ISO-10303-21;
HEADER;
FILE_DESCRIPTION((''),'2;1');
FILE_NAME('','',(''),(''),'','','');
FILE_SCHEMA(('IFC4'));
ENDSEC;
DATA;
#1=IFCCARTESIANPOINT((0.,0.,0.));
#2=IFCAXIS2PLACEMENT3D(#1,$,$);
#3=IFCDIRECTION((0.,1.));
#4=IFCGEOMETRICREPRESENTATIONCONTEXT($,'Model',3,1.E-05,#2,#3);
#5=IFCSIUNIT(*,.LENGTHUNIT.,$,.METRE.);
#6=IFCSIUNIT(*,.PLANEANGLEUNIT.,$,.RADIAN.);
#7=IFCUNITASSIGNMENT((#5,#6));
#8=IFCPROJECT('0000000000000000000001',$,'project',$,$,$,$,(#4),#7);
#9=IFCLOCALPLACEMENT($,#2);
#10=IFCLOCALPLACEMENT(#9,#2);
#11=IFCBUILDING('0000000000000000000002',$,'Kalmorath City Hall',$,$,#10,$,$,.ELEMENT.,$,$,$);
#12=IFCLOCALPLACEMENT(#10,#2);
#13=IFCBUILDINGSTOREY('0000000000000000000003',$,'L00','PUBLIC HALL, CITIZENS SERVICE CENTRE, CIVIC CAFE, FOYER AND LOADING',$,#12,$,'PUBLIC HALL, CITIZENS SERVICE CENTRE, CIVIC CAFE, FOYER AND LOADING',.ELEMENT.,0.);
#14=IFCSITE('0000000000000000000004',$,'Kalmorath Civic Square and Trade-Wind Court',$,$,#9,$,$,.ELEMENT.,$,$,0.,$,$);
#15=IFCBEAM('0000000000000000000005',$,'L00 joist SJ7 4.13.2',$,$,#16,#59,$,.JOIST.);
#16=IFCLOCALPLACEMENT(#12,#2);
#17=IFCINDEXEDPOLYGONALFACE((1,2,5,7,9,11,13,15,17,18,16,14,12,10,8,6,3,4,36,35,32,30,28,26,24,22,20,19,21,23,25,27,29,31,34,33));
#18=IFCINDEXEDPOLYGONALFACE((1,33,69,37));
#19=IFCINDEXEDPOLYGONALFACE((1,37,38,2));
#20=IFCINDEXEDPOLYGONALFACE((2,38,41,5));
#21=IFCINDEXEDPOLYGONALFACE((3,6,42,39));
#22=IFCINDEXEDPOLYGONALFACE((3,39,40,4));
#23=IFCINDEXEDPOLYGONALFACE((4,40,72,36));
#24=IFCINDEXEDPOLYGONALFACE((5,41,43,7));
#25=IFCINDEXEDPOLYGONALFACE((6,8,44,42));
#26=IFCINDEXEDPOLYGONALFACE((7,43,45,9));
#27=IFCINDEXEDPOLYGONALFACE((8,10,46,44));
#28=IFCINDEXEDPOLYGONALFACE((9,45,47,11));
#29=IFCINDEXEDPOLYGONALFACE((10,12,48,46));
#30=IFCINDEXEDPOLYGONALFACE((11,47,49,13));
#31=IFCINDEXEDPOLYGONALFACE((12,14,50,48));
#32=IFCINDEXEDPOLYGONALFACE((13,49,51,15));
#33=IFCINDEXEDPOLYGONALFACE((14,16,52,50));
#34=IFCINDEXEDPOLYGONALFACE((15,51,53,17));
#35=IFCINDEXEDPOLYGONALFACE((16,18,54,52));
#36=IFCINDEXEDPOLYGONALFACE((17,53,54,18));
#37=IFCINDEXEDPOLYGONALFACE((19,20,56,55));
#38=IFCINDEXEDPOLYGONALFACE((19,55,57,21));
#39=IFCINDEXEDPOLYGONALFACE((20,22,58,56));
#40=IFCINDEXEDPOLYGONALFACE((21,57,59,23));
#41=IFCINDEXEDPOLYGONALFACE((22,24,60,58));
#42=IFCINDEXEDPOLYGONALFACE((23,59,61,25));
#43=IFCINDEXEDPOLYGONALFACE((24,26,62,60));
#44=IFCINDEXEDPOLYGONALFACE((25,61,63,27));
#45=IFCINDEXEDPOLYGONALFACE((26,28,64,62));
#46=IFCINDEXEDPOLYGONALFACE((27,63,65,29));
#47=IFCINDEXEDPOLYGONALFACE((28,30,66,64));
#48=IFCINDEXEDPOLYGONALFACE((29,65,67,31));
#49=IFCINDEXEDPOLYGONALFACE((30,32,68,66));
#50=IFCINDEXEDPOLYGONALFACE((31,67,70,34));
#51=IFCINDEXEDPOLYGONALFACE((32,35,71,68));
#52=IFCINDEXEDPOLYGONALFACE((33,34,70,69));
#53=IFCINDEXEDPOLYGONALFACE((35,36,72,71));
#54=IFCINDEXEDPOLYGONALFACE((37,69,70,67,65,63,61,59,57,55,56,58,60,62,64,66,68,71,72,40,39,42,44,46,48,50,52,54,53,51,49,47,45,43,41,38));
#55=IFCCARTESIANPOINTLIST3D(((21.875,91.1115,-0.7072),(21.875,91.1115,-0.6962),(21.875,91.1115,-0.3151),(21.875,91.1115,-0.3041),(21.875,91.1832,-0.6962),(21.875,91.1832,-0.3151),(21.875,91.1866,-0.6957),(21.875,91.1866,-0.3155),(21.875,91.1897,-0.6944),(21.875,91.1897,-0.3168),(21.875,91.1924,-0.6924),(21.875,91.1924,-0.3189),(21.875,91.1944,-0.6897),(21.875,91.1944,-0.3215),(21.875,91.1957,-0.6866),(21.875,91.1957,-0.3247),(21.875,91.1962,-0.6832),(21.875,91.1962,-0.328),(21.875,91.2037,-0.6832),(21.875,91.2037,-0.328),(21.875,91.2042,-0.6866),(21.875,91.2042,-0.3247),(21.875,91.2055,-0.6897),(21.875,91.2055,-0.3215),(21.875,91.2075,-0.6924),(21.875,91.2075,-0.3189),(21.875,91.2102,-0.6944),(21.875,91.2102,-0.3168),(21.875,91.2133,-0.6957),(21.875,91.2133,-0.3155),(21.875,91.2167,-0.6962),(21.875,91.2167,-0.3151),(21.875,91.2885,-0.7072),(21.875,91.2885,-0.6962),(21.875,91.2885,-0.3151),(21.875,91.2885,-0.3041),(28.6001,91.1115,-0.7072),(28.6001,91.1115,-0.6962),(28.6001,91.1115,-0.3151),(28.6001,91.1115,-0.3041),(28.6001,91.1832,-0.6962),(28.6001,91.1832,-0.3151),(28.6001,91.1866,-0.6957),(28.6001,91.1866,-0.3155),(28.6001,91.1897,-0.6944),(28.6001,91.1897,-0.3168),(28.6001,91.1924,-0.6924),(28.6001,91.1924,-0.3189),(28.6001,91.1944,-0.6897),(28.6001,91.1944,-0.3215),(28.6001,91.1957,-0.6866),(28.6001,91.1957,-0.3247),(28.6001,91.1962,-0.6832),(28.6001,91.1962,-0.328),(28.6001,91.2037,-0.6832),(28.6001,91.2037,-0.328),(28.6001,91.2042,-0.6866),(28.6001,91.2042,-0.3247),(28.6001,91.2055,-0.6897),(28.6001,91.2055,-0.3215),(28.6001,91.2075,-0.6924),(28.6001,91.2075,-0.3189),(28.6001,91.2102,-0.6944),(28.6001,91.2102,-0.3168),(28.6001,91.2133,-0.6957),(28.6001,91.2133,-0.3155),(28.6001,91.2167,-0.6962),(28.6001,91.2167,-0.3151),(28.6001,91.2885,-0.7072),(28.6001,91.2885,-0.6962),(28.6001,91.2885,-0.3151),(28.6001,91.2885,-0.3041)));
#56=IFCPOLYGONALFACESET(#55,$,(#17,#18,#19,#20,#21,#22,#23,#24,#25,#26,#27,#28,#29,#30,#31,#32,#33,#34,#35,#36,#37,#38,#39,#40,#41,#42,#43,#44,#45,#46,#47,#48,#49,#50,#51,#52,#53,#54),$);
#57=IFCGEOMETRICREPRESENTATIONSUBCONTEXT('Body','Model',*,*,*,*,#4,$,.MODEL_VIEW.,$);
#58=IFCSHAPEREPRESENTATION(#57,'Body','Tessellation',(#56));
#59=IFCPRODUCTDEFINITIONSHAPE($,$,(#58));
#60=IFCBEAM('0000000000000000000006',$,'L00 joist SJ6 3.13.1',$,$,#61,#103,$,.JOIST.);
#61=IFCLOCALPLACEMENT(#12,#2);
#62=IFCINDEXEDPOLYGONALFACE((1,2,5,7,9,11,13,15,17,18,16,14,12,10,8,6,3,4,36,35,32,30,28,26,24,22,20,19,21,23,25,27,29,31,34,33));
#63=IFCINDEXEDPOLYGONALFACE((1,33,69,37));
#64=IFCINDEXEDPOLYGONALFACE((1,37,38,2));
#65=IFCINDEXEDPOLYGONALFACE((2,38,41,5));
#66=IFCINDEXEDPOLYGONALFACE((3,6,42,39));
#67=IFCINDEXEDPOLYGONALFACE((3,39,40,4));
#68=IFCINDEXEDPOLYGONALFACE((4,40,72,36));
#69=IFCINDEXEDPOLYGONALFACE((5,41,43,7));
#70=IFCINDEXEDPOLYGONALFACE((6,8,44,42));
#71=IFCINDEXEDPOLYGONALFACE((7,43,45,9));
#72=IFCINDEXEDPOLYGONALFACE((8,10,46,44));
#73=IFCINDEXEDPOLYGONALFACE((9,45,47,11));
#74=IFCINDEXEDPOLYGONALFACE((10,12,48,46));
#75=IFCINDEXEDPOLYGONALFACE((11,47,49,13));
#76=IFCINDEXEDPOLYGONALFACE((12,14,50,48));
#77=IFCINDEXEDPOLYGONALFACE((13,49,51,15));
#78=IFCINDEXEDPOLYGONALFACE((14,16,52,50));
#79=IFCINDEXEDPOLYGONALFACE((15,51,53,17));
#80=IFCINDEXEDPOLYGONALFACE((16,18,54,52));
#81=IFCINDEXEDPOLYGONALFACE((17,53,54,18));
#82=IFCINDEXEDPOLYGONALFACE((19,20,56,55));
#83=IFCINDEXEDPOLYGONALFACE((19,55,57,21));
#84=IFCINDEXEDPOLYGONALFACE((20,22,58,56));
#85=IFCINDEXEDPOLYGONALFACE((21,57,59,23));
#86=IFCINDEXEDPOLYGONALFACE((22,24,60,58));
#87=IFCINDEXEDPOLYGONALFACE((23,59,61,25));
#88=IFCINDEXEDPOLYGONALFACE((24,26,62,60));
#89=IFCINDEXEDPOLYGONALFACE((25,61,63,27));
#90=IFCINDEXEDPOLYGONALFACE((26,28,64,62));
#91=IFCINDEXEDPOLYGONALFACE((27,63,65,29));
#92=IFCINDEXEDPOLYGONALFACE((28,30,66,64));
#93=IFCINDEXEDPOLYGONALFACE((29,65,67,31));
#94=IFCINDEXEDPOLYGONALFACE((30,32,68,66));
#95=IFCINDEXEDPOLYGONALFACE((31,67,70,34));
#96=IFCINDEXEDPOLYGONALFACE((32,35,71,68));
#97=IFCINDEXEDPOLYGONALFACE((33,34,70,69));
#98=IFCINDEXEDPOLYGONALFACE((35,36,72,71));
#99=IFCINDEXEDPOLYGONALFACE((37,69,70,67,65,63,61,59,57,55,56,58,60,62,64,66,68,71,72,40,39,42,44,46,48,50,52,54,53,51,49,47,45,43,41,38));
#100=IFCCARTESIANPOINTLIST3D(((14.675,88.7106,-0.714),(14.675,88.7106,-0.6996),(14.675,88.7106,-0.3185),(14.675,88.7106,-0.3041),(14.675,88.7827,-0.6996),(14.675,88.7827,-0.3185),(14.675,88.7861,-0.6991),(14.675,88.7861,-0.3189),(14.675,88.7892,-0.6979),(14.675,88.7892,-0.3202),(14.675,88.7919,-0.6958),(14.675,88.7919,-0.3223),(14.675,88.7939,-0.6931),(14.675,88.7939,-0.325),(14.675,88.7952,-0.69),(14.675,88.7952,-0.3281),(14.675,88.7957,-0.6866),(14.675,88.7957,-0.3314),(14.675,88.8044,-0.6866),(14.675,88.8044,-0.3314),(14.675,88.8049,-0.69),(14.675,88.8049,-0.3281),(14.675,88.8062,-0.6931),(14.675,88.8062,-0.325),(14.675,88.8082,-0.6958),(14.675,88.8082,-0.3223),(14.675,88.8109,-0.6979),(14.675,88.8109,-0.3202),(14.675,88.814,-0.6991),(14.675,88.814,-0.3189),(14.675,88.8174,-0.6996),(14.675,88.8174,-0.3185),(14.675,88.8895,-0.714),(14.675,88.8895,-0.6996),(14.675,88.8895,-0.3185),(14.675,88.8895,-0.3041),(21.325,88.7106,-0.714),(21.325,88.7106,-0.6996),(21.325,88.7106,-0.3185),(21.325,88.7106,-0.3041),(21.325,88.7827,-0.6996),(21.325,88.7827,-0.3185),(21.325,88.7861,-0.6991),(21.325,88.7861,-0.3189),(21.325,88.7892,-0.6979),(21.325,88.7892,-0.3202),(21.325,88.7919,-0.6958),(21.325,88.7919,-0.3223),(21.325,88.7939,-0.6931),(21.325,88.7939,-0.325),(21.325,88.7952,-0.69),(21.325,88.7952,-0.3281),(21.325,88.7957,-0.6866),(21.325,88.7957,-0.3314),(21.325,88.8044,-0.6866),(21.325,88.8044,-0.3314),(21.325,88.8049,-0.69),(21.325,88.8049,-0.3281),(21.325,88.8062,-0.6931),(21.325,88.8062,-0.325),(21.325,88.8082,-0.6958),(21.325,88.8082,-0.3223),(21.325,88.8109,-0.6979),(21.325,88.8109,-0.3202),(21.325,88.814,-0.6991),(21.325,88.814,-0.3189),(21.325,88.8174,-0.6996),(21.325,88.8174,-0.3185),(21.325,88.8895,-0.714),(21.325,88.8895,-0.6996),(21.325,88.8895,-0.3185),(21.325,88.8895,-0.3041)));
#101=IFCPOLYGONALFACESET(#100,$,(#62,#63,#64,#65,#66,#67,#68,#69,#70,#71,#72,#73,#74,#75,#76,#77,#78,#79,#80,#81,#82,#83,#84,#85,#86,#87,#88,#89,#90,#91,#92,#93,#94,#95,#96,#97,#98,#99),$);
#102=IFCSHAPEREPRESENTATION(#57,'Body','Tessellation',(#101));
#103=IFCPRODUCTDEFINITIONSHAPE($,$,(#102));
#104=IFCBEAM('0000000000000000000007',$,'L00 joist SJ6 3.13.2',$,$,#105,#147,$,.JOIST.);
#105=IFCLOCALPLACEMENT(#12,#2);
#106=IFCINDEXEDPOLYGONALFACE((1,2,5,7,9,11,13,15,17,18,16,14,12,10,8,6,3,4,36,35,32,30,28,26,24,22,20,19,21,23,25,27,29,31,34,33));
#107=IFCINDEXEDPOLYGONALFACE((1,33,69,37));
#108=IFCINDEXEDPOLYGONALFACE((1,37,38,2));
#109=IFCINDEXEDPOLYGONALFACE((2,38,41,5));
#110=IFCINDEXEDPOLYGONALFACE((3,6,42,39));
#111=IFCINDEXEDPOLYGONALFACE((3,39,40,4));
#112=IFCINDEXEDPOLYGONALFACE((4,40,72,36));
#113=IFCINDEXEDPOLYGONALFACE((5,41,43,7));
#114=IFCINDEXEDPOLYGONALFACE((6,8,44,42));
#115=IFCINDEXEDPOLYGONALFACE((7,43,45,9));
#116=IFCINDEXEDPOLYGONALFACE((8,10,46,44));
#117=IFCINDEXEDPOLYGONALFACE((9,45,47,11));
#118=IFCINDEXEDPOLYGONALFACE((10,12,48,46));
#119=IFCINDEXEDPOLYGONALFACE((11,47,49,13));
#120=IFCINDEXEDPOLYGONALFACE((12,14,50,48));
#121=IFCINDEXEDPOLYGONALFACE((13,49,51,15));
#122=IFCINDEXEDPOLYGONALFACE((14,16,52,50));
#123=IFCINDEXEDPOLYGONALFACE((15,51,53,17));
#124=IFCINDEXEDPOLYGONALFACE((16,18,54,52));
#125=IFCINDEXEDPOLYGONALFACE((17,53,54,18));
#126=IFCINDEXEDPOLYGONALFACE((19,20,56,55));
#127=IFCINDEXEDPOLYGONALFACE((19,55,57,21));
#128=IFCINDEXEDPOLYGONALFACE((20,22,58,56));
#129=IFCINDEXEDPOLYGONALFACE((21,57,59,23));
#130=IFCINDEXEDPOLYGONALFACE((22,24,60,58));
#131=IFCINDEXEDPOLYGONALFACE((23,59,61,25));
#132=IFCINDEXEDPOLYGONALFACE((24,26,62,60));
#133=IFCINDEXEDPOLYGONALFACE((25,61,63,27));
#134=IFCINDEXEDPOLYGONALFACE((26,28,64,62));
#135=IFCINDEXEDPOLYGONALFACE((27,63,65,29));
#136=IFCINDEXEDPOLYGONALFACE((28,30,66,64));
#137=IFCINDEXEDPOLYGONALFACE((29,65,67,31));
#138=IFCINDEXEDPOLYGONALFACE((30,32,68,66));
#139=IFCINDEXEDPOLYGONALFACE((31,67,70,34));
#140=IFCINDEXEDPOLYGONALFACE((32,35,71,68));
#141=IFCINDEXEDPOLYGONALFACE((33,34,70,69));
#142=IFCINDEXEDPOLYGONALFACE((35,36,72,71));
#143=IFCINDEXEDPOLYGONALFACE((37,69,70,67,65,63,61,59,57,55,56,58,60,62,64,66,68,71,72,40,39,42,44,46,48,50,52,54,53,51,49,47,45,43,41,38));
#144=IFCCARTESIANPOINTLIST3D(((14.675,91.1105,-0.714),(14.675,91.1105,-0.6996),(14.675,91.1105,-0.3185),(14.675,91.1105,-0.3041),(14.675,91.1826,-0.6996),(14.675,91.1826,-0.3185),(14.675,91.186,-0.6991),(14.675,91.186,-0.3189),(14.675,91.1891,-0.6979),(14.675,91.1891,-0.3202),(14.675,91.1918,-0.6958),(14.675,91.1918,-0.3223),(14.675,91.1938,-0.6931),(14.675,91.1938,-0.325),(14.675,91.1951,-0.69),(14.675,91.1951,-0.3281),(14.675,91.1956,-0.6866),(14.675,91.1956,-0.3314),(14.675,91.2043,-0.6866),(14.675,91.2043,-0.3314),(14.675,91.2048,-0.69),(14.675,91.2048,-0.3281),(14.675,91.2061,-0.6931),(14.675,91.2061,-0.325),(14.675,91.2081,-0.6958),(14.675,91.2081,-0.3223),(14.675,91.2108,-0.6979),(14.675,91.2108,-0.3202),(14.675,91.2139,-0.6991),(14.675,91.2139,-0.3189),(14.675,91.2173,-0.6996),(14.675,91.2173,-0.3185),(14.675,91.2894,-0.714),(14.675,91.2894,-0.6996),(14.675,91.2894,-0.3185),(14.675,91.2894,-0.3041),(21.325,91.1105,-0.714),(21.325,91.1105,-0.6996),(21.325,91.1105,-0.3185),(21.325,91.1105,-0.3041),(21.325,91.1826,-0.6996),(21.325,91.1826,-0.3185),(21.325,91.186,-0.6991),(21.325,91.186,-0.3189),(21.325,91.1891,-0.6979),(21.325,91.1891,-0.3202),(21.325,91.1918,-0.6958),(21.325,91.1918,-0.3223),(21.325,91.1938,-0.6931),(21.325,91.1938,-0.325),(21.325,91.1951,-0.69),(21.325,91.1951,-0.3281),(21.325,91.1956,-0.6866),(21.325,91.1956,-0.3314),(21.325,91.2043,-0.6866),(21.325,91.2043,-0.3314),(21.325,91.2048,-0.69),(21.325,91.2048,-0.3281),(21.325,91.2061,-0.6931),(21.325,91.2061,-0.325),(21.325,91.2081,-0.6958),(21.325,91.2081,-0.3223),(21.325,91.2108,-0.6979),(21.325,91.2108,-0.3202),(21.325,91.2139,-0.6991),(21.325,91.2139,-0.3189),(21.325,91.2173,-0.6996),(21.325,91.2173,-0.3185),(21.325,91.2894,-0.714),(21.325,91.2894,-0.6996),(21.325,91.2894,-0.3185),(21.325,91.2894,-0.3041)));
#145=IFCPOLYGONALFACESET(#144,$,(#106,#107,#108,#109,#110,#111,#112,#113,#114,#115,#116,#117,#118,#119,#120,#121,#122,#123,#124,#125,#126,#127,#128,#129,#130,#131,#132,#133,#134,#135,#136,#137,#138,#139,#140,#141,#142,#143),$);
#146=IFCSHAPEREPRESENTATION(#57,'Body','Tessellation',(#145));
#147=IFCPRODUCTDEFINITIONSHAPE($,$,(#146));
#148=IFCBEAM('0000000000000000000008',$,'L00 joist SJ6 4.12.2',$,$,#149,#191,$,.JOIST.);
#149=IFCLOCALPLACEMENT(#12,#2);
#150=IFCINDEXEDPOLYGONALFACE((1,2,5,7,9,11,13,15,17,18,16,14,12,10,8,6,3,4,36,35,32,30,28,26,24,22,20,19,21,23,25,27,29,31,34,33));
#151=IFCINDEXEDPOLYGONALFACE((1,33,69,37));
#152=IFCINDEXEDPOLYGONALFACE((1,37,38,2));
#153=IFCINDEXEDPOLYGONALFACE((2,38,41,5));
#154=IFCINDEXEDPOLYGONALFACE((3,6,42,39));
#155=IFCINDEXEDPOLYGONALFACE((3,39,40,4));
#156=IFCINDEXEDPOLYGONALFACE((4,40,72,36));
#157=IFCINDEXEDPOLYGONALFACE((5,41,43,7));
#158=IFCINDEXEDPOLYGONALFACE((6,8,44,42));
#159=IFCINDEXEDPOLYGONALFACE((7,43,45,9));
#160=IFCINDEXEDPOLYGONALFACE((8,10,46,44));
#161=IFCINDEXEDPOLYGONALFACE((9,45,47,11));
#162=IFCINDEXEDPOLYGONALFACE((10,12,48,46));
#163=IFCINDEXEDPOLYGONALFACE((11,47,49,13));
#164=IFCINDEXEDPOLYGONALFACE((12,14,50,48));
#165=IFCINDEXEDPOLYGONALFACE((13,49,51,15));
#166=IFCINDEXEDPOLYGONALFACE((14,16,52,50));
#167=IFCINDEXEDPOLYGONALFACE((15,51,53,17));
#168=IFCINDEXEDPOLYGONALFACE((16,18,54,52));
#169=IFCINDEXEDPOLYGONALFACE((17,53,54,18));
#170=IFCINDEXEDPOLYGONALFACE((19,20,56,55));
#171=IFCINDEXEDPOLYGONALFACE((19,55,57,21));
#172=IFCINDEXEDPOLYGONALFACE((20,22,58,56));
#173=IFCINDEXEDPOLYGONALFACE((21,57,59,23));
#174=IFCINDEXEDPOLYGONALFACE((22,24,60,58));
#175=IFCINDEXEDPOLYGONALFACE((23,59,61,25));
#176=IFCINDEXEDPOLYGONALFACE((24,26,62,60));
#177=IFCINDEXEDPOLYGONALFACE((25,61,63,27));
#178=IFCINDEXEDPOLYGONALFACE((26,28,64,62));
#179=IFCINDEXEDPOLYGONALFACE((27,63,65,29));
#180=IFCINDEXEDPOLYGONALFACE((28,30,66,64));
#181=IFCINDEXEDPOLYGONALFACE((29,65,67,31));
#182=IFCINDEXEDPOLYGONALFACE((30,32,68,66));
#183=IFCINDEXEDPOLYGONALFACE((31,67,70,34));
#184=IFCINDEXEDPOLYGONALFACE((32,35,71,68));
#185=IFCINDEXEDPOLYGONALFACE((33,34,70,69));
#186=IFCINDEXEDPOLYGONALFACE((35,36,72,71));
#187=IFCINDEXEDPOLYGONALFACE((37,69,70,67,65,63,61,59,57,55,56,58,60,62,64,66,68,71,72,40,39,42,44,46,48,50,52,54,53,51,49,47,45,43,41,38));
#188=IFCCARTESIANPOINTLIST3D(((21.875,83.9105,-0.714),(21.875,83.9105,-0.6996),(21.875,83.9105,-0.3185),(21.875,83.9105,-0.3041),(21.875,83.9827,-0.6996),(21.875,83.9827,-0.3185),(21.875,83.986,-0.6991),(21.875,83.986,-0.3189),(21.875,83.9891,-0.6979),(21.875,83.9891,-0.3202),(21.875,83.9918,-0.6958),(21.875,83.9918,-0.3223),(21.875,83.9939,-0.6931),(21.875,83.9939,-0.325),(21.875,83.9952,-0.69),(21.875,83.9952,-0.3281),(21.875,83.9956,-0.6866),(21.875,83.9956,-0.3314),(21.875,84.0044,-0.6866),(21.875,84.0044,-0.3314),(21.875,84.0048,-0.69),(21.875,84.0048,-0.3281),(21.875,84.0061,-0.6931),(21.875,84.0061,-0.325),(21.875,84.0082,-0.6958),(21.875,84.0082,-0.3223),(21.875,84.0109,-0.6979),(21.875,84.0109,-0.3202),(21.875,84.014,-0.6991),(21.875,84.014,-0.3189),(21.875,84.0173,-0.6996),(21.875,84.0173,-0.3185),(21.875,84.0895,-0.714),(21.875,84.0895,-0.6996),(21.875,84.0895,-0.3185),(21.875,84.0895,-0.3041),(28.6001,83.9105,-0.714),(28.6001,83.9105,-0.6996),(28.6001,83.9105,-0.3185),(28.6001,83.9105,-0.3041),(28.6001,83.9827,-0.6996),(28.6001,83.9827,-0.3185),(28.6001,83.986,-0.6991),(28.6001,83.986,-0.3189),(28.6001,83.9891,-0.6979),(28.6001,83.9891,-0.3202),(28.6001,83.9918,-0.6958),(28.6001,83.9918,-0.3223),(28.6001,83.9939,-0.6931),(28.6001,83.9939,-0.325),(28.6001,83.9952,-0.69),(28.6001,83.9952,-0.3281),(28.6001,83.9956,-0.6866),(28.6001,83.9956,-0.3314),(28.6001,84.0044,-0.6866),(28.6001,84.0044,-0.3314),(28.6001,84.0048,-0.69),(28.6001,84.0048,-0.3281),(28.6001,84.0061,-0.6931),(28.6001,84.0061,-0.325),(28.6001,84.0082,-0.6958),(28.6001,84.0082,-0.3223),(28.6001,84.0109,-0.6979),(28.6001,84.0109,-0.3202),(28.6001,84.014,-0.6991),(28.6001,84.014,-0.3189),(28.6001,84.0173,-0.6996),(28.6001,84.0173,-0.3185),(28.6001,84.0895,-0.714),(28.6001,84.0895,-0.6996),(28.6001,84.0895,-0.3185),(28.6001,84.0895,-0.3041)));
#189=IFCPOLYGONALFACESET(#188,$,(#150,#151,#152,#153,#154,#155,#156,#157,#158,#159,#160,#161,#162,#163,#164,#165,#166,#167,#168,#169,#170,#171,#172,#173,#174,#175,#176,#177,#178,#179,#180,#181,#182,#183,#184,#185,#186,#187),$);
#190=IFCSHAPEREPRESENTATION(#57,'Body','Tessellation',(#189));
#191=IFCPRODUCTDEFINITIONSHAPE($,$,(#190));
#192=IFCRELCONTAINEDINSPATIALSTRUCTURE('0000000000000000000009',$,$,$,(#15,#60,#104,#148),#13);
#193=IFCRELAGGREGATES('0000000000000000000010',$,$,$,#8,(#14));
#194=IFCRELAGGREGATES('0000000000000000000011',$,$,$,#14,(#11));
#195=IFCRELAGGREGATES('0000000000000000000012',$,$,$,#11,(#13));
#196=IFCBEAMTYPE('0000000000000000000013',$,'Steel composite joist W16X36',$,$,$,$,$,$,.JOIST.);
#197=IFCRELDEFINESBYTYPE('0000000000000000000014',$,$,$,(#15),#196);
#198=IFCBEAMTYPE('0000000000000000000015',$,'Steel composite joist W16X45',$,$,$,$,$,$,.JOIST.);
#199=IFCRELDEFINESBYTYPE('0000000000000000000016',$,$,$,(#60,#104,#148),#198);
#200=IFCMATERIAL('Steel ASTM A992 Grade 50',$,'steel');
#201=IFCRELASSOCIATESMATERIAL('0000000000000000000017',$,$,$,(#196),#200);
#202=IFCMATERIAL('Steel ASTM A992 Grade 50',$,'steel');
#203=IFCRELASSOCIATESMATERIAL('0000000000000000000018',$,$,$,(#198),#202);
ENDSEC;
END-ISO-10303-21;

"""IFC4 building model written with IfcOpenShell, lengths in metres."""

from ifc_helpers import new_model, si_unit, direction, frame, origin, origin_2d, place, context, subcontext, project, spatial, i_section, extrude, material, material_profile, profile_set, type_object, element, save


model = new_model("IFC4")

# Units and contexts
model_context = context("Model", 3, precision=1e-05, world=origin(), true_north=direction((0.0, 1.0)))
body_context = subcontext(model_context, "Body", "Model", "MODEL_VIEW")
ifc_project = project(units=[si_unit("LENGTHUNIT", "METRE"), si_unit("PLANEANGLEUNIT", "RADIAN")], contexts=[model_context])

# Site, building, storey
site_placement = place(None, origin())
site = spatial("IfcSite", under=ifc_project, at=site_placement, Name="Kalmorath Civic Square and Trade-Wind Court", CompositionType="ELEMENT", RefElevation=0.0)
building_placement = place(site_placement, origin())
building = spatial("IfcBuilding", under=site, at=building_placement, Name="Kalmorath City Hall", CompositionType="ELEMENT")
storey_placement = place(building_placement, origin())
storey = spatial("IfcBuildingStorey", under=building, at=storey_placement, Name="L00", Description="PUBLIC HALL, CITIZENS SERVICE CENTRE, CIVIC CAFE, FOYER AND LOADING", LongName="PUBLIC HALL, CITIZENS SERVICE CENTRE, CIVIC CAFE, FOYER AND LOADING", CompositionType="ELEMENT", Elevation=0.0)

# Beams
ifc_material_1 = material(Name="Steel ASTM A992 Grade 50", Category="steel")
ifc_material_profile_1 = material_profile(ifc_material_1, i_section(OverallWidth=0.177, OverallDepth=0.4031, WebThickness=0.0076, FlangeThickness=0.011, FilletRadius=0.0129, at=origin_2d()), Name="W16X36")
ifc_profile_set_1 = profile_set([ifc_material_profile_1], Name="Steel ASTM A992 Grade 50")
beam_type_1 = type_object("IfcBeamType", Name="Steel composite joist W16X36", PredefinedType="JOIST", material=ifc_profile_set_1)
for number, where, z_axis, x_axis, name in (
    (1, (21.875, 91.2, -0.5056), (1.0, 0.0, 0.0), (0.0, 1.0, 0.0), "L00 joist SJ7 4.13.2"),
):
    element("IfcBeam", number, at=place(storey_placement, frame(where, z_axis=z_axis, x_axis=x_axis)), inside=storey, type_object=beam_type_1, Name=name, PredefinedType="JOIST", context=body_context, shape_type="SweptSolid", body=[
        extrude(i_section(OverallWidth=0.177, OverallDepth=0.4031, WebThickness=0.0076, FlangeThickness=0.011, FilletRadius=0.0129, at=origin_2d()), origin(), (0.0, 0.0, 1.0), 6.7251),
    ])
ifc_material_2 = material(Name="Steel ASTM A992 Grade 50", Category="steel")
ifc_material_profile_2 = material_profile(ifc_material_2, i_section(OverallWidth=0.179, OverallDepth=0.4099, WebThickness=0.0088, FlangeThickness=0.0144, FilletRadius=0.0129, at=origin_2d()), Name="W16X45")
ifc_profile_set_2 = profile_set([ifc_material_profile_2], Name="Steel ASTM A992 Grade 50")
beam_type_2 = type_object("IfcBeamType", Name="Steel composite joist W16X45", PredefinedType="JOIST", material=ifc_profile_set_2)
for number, where, z_axis, x_axis, name in (
    (2, (14.675, 88.8, -0.509), (1.0, 0.0, 0.0), (0.0, 1.0, 0.0), "L00 joist SJ6 3.13.1"),
    (3, (14.675, 91.2, -0.509), (1.0, 0.0, 0.0), (0.0, 1.0, 0.0), "L00 joist SJ6 3.13.2"),
):
    element("IfcBeam", number, at=place(storey_placement, frame(where, z_axis=z_axis, x_axis=x_axis)), inside=storey, type_object=beam_type_2, Name=name, PredefinedType="JOIST", context=body_context, shape_type="SweptSolid", body=[
        extrude(i_section(OverallWidth=0.179, OverallDepth=0.4099, WebThickness=0.0088, FlangeThickness=0.0144, FilletRadius=0.0129, at=origin_2d()), origin(), (0.0, 0.0, 1.0), 6.6499),
    ])
beam_1_placement = place(storey_placement, frame((21.875, 84.0, -0.509), z_axis=(1.0, 0.0, 0.0), x_axis=(0.0, 1.0, 0.0)))
element("IfcBeam", 4, at=beam_1_placement, inside=storey, type_object=beam_type_2, Name="L00 joist SJ6 4.12.2", PredefinedType="JOIST", context=body_context, shape_type="SweptSolid", body=[
    extrude(i_section(OverallWidth=0.179, OverallDepth=0.4099, WebThickness=0.0088, FlangeThickness=0.0144, FilletRadius=0.0129, at=origin_2d()), origin(), (0.0, 0.0, 1.0), 6.7251),
])

save(model, "model.ifc")
